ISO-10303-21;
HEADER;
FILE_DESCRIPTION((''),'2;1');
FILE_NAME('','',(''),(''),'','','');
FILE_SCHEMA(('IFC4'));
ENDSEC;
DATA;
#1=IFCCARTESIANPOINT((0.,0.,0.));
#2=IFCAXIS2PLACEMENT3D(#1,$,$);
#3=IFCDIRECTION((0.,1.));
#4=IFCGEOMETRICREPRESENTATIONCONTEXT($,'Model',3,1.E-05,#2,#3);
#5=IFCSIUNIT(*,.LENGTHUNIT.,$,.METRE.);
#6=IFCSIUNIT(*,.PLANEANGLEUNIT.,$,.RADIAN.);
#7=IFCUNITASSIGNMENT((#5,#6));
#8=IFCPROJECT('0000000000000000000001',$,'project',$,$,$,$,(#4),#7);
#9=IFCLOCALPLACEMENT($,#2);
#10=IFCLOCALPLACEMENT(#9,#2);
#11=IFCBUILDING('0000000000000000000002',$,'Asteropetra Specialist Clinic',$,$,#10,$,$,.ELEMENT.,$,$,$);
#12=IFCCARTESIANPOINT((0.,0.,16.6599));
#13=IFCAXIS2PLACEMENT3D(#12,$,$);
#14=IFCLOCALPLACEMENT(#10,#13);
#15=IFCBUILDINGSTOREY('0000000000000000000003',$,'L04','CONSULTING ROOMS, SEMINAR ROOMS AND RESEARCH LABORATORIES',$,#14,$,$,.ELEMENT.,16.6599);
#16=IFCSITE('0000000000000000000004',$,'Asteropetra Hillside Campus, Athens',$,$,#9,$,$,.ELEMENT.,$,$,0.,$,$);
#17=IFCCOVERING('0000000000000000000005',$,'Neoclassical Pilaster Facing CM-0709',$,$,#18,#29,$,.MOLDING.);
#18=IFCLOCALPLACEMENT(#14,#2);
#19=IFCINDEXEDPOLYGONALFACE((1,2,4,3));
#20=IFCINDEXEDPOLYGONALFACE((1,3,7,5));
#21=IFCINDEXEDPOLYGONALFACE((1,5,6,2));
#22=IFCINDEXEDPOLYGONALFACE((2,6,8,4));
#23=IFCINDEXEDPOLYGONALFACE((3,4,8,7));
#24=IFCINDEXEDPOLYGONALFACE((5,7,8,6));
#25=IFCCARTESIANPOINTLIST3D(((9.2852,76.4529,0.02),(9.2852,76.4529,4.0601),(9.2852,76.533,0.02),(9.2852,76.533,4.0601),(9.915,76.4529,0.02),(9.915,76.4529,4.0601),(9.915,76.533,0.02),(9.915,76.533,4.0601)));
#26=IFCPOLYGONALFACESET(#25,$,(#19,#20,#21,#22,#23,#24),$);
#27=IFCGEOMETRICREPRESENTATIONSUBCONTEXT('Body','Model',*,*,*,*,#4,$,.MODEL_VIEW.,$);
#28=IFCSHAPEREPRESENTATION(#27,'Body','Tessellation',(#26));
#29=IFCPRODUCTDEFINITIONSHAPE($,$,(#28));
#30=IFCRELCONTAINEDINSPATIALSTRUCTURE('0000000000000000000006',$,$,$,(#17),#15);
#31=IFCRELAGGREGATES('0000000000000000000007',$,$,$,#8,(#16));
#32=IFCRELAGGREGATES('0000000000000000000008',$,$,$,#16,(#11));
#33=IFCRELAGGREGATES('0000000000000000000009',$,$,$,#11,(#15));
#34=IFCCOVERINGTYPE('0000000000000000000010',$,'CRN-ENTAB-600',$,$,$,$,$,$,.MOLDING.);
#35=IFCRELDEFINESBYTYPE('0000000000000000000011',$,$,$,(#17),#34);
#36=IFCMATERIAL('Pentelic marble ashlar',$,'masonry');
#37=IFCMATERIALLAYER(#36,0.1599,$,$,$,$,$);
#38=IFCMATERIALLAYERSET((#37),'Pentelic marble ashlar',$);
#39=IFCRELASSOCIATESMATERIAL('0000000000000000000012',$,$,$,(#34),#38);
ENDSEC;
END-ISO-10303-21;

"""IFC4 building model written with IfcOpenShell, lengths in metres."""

from ifc_helpers import new_model, si_unit, direction, frame, origin, origin_2d, place, context, subcontext, project, spatial, rectangle, extrude, material, layer, layer_set, type_object, element, save


model = new_model("IFC4")

# Units and contexts
model_context = context("Model", 3, precision=1e-05, world=origin(), true_north=direction((0.0, 1.0)))
body_context = subcontext(model_context, "Body", "Model", "MODEL_VIEW")
ifc_project = project(units=[si_unit("LENGTHUNIT", "METRE"), si_unit("PLANEANGLEUNIT", "RADIAN")], contexts=[model_context])

# Site, building, storey
site_placement = place(None, origin())
site = spatial("IfcSite", under=ifc_project, at=site_placement, Name="Asteropetra Hillside Campus, Athens", CompositionType="ELEMENT", RefElevation=0.0)
building_placement = place(site_placement, origin())
building = spatial("IfcBuilding", under=site, at=building_placement, Name="Asteropetra Specialist Clinic", CompositionType="ELEMENT")
storey_placement = place(building_placement, frame((0.0, 0.0, 16.6599)))
storey = spatial("IfcBuildingStorey", under=building, at=storey_placement, Name="L04", Description="CONSULTING ROOMS, SEMINAR ROOMS AND RESEARCH LABORATORIES", CompositionType="ELEMENT", Elevation=16.6599)

# Covering
ifc_material_1 = material(Name="Pentelic marble ashlar", Category="masonry")
ifc_layer_1 = layer(ifc_material_1, 0.1599)
ifc_layer_set_1 = layer_set([ifc_layer_1], Name="Pentelic marble ashlar")
covering_type = type_object("IfcCoveringType", Name="CRN-ENTAB-600", PredefinedType="MOLDING", material=ifc_layer_set_1)
covering_placement = place(storey_placement, frame((9.6001, 76.4929, 0.02), z_axis=(0.0, 0.0, 1.0), x_axis=(1.0, 0.0, 0.0)))
element("IfcCovering", 1, at=covering_placement, inside=storey, type_object=covering_type, Name="Neoclassical Pilaster Facing CM-0709", PredefinedType="MOLDING", context=body_context, shape_type="SweptSolid", body=[
    extrude(rectangle(XDim=0.6299, YDim=0.0801, at=origin_2d()), origin(), (0.0, 0.0, 1.0), 4.04),
])

save(model, "model.ifc")
